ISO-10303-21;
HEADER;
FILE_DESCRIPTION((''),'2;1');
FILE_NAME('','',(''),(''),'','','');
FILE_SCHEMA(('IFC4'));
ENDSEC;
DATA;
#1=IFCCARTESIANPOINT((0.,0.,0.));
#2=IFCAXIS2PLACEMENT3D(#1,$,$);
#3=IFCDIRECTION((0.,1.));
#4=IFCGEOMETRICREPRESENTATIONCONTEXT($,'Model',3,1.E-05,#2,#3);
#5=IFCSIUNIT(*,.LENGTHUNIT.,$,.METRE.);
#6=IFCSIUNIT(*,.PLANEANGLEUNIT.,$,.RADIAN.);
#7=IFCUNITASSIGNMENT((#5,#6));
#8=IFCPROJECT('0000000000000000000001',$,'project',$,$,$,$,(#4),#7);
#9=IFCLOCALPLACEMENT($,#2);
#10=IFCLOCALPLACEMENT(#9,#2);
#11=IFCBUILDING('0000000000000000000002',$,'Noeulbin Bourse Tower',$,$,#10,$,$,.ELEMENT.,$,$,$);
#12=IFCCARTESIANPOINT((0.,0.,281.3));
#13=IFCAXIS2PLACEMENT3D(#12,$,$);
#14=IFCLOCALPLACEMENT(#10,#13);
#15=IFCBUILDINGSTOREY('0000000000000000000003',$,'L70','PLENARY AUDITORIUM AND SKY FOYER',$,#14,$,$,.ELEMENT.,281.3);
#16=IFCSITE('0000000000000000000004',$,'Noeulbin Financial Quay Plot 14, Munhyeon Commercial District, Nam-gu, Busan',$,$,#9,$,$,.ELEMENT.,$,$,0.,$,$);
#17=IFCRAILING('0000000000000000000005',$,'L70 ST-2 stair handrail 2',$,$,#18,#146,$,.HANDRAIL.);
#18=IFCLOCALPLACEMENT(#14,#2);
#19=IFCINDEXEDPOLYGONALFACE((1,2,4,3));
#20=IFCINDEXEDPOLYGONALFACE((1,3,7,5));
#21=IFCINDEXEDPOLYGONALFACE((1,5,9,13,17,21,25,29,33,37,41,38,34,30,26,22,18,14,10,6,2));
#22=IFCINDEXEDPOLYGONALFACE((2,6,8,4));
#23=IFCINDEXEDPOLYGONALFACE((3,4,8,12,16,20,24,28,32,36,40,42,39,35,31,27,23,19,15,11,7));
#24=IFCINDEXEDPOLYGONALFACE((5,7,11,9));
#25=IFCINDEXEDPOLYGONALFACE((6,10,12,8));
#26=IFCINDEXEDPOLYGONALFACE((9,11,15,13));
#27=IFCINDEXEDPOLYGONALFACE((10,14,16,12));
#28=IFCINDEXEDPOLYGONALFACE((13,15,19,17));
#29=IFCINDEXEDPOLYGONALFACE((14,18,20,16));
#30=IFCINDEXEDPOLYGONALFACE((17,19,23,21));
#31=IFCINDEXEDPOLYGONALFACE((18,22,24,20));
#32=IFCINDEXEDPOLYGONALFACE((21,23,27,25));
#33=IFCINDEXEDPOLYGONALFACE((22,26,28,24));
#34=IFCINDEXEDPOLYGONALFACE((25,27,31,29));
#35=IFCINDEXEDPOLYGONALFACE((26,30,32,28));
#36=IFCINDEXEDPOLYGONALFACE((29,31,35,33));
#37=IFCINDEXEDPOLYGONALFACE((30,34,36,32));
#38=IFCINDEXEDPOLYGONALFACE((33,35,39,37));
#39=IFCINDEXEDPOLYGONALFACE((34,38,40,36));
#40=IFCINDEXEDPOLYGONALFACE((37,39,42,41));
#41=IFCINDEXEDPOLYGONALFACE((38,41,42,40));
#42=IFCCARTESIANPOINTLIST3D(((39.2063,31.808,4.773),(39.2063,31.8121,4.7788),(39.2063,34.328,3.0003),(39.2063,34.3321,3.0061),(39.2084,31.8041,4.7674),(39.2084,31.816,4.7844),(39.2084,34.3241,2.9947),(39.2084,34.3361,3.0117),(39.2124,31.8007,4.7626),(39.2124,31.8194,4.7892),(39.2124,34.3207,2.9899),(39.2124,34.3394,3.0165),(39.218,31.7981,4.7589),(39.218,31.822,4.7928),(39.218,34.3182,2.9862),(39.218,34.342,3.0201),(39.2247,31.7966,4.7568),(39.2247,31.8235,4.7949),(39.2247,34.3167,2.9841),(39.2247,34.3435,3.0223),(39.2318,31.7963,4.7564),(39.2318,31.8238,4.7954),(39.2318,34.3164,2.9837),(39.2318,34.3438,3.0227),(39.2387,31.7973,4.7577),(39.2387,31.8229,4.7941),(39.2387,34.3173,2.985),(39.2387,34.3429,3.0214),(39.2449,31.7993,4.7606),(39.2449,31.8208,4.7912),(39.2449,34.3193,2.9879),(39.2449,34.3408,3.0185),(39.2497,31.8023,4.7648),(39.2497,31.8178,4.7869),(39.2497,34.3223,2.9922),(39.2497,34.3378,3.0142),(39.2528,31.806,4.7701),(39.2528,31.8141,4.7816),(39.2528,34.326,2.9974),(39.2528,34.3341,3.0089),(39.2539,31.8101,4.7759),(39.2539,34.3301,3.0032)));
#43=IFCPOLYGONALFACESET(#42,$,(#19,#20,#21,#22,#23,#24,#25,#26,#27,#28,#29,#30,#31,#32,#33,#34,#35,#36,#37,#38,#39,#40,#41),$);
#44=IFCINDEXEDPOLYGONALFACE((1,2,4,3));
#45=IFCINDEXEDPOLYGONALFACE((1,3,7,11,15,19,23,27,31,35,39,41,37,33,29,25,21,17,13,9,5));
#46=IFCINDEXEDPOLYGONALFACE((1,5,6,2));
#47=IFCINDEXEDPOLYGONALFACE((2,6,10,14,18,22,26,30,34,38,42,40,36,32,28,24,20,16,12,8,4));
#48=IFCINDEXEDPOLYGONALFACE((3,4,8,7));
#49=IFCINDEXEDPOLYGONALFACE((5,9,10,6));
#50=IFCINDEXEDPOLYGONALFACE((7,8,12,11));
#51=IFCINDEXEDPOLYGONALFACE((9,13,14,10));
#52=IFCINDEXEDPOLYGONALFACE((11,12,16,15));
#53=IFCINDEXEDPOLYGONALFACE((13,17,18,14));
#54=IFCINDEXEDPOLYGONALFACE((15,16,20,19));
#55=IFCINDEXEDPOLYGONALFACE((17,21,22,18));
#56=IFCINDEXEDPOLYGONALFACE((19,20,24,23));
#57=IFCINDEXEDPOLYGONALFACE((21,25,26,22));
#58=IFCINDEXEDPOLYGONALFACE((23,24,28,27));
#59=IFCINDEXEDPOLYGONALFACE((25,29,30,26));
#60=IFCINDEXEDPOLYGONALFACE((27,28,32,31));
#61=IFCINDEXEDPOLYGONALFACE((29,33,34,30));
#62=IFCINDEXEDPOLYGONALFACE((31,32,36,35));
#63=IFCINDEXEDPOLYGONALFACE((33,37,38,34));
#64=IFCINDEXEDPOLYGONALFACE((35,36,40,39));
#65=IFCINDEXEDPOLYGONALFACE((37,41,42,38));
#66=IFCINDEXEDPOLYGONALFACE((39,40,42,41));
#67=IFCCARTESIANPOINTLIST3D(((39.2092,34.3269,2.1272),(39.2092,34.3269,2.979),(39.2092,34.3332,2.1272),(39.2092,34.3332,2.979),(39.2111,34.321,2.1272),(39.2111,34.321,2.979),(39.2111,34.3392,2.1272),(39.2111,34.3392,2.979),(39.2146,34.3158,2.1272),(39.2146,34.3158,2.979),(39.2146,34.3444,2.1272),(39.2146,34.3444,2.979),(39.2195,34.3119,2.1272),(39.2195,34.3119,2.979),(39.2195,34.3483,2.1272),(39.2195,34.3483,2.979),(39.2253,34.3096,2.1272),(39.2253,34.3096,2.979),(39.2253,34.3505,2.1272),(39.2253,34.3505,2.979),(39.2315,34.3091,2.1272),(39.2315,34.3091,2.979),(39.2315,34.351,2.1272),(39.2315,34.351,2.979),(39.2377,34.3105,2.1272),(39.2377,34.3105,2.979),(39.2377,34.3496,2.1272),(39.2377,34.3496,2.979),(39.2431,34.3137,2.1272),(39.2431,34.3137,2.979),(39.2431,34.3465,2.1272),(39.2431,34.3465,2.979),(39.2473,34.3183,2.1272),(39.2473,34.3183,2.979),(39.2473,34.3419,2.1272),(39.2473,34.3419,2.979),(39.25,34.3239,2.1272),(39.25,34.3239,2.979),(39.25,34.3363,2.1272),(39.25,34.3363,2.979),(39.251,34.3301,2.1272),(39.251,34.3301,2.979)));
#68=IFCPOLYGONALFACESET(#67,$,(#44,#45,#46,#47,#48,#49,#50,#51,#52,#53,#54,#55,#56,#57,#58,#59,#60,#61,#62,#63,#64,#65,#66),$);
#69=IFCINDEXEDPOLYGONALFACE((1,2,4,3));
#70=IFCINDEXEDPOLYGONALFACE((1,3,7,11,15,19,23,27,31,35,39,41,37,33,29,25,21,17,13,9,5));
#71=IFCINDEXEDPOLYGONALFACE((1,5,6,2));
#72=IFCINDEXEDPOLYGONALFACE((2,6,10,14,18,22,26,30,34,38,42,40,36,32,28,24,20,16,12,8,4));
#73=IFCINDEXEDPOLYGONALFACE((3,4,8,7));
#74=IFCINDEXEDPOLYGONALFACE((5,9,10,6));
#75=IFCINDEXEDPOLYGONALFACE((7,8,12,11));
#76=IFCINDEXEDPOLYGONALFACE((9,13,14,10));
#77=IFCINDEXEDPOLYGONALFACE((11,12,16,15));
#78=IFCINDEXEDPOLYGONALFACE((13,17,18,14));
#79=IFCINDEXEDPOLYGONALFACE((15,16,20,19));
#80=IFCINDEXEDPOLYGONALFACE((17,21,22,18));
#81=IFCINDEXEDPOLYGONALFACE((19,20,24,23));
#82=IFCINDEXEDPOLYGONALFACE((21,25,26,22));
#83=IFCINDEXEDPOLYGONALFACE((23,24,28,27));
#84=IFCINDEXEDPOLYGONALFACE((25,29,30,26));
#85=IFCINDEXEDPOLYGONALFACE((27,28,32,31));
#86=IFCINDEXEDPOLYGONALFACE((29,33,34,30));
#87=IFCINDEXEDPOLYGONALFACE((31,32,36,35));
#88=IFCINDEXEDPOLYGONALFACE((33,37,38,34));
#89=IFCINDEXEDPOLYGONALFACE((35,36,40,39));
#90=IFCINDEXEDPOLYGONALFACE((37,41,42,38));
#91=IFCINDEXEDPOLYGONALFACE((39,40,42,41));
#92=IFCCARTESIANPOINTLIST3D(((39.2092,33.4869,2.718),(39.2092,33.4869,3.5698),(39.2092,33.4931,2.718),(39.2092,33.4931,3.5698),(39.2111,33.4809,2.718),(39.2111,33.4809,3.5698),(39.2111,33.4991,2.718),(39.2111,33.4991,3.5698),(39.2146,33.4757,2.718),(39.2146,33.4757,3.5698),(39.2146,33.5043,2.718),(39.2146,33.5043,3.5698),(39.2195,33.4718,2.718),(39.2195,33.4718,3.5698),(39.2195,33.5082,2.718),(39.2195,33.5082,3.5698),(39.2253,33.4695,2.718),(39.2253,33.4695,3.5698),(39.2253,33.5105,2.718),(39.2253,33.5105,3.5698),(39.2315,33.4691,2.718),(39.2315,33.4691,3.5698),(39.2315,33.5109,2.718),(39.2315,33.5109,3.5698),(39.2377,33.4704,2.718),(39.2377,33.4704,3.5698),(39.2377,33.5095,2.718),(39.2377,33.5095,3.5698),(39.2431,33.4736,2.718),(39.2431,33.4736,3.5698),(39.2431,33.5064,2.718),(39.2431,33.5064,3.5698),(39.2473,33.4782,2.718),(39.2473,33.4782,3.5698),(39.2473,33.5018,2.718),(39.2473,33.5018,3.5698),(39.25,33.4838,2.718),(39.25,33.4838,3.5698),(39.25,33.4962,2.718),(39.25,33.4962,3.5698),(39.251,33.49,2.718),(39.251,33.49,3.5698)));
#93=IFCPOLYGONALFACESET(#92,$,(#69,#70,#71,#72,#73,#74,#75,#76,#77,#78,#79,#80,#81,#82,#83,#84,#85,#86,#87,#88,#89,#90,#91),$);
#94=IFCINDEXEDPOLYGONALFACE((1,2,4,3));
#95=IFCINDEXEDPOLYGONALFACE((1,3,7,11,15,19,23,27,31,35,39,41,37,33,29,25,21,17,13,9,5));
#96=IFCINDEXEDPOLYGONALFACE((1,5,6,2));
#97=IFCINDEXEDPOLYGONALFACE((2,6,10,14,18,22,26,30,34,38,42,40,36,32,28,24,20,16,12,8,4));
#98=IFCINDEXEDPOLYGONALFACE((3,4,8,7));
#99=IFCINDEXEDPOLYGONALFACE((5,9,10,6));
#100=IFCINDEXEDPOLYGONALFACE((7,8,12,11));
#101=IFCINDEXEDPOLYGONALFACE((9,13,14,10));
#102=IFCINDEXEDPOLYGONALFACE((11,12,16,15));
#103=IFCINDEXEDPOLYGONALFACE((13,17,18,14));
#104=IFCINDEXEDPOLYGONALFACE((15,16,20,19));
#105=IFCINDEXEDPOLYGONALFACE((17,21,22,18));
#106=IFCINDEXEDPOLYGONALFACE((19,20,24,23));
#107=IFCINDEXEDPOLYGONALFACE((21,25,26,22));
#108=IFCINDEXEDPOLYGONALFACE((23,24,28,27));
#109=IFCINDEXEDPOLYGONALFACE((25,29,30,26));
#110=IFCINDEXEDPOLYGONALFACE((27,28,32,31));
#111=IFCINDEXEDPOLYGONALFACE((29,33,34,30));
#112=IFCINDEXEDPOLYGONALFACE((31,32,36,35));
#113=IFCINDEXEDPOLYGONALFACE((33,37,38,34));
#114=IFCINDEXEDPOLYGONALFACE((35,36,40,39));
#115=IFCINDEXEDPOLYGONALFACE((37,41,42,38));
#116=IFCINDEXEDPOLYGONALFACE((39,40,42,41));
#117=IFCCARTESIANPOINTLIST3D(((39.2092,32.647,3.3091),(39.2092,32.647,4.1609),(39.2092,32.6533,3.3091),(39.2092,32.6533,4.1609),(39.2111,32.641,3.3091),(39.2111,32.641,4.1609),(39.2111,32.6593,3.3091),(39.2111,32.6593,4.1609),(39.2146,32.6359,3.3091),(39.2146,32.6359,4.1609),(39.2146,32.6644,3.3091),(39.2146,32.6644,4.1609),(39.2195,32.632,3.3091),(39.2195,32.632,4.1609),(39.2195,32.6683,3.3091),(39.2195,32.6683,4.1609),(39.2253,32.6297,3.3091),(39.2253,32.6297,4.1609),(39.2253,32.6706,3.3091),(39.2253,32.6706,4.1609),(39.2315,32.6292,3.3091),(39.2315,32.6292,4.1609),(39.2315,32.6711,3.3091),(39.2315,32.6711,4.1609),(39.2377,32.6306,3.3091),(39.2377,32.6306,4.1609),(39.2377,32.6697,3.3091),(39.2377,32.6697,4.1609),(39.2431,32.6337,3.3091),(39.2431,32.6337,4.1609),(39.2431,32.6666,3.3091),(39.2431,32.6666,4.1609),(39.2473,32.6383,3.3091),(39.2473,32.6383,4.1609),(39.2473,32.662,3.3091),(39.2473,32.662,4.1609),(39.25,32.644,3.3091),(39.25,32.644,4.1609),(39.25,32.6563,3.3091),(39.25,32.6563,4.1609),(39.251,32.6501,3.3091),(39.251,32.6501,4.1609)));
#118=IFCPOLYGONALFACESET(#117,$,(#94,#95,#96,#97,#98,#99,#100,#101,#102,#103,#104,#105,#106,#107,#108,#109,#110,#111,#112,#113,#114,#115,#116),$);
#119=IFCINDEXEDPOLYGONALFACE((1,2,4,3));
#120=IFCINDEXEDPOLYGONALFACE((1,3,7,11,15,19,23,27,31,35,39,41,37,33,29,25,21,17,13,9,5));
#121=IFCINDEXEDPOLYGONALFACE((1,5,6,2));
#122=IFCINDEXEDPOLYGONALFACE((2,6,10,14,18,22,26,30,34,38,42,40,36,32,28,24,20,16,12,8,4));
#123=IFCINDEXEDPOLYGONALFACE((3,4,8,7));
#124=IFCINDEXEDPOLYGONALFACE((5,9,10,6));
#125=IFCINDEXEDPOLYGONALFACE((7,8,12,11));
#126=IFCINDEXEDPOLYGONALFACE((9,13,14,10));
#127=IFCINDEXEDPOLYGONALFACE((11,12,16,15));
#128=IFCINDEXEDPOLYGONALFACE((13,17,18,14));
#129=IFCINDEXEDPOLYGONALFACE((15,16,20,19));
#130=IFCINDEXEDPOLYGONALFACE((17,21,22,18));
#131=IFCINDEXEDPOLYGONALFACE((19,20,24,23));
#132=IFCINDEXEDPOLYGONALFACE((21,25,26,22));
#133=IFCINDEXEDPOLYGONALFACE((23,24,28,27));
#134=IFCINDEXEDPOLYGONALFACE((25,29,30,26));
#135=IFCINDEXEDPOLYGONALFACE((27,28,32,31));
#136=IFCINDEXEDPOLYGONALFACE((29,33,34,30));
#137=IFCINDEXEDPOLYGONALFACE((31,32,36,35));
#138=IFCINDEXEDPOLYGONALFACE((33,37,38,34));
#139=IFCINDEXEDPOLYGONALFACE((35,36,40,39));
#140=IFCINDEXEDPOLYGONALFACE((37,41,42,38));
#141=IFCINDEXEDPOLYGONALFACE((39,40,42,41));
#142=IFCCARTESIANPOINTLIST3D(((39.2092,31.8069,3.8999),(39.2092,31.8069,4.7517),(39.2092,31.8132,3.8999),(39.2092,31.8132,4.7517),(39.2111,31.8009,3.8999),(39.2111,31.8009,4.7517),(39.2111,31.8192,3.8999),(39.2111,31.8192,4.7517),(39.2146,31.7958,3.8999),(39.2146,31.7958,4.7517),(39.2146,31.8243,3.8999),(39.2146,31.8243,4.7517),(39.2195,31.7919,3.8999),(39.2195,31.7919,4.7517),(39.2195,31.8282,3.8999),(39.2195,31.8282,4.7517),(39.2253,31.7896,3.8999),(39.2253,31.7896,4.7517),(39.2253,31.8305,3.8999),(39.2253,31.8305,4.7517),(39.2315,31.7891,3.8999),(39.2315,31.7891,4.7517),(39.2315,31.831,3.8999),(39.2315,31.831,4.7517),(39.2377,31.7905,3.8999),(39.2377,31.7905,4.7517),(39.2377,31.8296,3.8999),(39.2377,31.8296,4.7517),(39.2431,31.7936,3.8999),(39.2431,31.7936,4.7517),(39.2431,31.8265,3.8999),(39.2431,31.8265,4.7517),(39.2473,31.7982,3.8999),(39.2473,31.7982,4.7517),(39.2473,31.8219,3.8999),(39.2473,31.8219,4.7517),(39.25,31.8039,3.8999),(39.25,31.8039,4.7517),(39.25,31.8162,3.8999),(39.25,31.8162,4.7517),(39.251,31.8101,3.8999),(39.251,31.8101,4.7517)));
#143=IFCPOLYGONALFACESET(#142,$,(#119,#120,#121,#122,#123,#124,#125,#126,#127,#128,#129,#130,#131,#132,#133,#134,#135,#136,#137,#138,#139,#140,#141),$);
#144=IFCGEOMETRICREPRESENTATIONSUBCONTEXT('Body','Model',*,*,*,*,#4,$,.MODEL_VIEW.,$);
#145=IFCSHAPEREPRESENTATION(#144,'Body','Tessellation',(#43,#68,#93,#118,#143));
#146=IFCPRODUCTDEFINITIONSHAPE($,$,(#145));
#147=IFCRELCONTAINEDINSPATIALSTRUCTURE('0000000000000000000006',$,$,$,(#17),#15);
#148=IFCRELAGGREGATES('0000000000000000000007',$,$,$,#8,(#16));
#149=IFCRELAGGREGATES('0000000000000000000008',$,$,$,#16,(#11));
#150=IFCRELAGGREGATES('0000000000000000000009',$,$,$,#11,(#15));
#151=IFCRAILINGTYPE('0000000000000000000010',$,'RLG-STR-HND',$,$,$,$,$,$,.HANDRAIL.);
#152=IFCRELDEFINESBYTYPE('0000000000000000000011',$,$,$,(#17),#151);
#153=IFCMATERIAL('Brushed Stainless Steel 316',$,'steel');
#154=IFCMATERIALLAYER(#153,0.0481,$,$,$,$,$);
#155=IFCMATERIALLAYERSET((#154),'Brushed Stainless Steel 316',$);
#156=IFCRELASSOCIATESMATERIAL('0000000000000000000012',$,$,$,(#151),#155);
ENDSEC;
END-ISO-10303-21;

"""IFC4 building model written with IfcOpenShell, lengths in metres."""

from ifc_helpers import new_model, si_unit, direction, frame, origin, origin_2d, place, context, subcontext, project, spatial, circle, extrude, material, layer, layer_set, type_object, element, save


model = new_model("IFC4")

# Units and contexts
model_context = context("Model", 3, precision=1e-05, world=origin(), true_north=direction((0.0, 1.0)))
body_context = subcontext(model_context, "Body", "Model", "MODEL_VIEW")
ifc_project = project(units=[si_unit("LENGTHUNIT", "METRE"), si_unit("PLANEANGLEUNIT", "RADIAN")], contexts=[model_context])

# Site, building, storey
site_placement = place(None, origin())
site = spatial("IfcSite", under=ifc_project, at=site_placement, Name="Noeulbin Financial Quay Plot 14, Munhyeon Commercial District, Nam-gu, Busan", CompositionType="ELEMENT", RefElevation=0.0)
building_placement = place(site_placement, origin())
building = spatial("IfcBuilding", under=site, at=building_placement, Name="Noeulbin Bourse Tower", CompositionType="ELEMENT")
storey_placement = place(building_placement, frame((0.0, 0.0, 281.3)))
storey = spatial("IfcBuildingStorey", under=building, at=storey_placement, Name="L70", Description="PLENARY AUDITORIUM AND SKY FOYER", CompositionType="ELEMENT", Elevation=281.3)

# Shared definitions
ifc_material_1 = material(Name="Brushed Stainless Steel 316", Category="steel")

# Railing
ifc_layer_1 = layer(ifc_material_1, 0.0481)
ifc_layer_set_1 = layer_set([ifc_layer_1], Name="Brushed Stainless Steel 316")
railing_type_1 = type_object("IfcRailingType", Name="RLG-STR-HND", PredefinedType="HANDRAIL", material=ifc_layer_set_1)
railing_1_placement = place(storey_placement, frame((39.23, 34.3301, 2.1272)))
element("IfcRailing", 1, at=railing_1_placement, inside=storey, type_object=railing_type_1, Name="L70 ST-2 stair handrail 2", PredefinedType="HANDRAIL", context=body_context, shape_type="SweptSolid", body=[
    extrude(circle(Radius=0.0239, at=origin_2d()), frame((0.0, 0.0, 0.876), z_axis=(0.0, -0.817904, 0.575354), x_axis=(1.0, 0.0, 0.0)), (0.0, 0.0, 1.0), 3.0811),
    extrude(circle(Radius=0.021, at=origin_2d()), origin(), (0.0, 0.0, 1.0), 0.8518),
    extrude(circle(Radius=0.021, at=origin_2d()), frame((0.0, -0.8401, 0.5908)), (0.0, 0.0, 1.0), 0.8518),
    extrude(circle(Radius=0.021, at=origin_2d()), frame((0.0, -1.6799, 1.1819)), (0.0, 0.0, 1.0), 0.8518),
    extrude(circle(Radius=0.021, at=origin_2d()), frame((0.0, -2.52, 1.7727)), (0.0, 0.0, 1.0), 0.8518),
])

save(model, "model.ifc")
